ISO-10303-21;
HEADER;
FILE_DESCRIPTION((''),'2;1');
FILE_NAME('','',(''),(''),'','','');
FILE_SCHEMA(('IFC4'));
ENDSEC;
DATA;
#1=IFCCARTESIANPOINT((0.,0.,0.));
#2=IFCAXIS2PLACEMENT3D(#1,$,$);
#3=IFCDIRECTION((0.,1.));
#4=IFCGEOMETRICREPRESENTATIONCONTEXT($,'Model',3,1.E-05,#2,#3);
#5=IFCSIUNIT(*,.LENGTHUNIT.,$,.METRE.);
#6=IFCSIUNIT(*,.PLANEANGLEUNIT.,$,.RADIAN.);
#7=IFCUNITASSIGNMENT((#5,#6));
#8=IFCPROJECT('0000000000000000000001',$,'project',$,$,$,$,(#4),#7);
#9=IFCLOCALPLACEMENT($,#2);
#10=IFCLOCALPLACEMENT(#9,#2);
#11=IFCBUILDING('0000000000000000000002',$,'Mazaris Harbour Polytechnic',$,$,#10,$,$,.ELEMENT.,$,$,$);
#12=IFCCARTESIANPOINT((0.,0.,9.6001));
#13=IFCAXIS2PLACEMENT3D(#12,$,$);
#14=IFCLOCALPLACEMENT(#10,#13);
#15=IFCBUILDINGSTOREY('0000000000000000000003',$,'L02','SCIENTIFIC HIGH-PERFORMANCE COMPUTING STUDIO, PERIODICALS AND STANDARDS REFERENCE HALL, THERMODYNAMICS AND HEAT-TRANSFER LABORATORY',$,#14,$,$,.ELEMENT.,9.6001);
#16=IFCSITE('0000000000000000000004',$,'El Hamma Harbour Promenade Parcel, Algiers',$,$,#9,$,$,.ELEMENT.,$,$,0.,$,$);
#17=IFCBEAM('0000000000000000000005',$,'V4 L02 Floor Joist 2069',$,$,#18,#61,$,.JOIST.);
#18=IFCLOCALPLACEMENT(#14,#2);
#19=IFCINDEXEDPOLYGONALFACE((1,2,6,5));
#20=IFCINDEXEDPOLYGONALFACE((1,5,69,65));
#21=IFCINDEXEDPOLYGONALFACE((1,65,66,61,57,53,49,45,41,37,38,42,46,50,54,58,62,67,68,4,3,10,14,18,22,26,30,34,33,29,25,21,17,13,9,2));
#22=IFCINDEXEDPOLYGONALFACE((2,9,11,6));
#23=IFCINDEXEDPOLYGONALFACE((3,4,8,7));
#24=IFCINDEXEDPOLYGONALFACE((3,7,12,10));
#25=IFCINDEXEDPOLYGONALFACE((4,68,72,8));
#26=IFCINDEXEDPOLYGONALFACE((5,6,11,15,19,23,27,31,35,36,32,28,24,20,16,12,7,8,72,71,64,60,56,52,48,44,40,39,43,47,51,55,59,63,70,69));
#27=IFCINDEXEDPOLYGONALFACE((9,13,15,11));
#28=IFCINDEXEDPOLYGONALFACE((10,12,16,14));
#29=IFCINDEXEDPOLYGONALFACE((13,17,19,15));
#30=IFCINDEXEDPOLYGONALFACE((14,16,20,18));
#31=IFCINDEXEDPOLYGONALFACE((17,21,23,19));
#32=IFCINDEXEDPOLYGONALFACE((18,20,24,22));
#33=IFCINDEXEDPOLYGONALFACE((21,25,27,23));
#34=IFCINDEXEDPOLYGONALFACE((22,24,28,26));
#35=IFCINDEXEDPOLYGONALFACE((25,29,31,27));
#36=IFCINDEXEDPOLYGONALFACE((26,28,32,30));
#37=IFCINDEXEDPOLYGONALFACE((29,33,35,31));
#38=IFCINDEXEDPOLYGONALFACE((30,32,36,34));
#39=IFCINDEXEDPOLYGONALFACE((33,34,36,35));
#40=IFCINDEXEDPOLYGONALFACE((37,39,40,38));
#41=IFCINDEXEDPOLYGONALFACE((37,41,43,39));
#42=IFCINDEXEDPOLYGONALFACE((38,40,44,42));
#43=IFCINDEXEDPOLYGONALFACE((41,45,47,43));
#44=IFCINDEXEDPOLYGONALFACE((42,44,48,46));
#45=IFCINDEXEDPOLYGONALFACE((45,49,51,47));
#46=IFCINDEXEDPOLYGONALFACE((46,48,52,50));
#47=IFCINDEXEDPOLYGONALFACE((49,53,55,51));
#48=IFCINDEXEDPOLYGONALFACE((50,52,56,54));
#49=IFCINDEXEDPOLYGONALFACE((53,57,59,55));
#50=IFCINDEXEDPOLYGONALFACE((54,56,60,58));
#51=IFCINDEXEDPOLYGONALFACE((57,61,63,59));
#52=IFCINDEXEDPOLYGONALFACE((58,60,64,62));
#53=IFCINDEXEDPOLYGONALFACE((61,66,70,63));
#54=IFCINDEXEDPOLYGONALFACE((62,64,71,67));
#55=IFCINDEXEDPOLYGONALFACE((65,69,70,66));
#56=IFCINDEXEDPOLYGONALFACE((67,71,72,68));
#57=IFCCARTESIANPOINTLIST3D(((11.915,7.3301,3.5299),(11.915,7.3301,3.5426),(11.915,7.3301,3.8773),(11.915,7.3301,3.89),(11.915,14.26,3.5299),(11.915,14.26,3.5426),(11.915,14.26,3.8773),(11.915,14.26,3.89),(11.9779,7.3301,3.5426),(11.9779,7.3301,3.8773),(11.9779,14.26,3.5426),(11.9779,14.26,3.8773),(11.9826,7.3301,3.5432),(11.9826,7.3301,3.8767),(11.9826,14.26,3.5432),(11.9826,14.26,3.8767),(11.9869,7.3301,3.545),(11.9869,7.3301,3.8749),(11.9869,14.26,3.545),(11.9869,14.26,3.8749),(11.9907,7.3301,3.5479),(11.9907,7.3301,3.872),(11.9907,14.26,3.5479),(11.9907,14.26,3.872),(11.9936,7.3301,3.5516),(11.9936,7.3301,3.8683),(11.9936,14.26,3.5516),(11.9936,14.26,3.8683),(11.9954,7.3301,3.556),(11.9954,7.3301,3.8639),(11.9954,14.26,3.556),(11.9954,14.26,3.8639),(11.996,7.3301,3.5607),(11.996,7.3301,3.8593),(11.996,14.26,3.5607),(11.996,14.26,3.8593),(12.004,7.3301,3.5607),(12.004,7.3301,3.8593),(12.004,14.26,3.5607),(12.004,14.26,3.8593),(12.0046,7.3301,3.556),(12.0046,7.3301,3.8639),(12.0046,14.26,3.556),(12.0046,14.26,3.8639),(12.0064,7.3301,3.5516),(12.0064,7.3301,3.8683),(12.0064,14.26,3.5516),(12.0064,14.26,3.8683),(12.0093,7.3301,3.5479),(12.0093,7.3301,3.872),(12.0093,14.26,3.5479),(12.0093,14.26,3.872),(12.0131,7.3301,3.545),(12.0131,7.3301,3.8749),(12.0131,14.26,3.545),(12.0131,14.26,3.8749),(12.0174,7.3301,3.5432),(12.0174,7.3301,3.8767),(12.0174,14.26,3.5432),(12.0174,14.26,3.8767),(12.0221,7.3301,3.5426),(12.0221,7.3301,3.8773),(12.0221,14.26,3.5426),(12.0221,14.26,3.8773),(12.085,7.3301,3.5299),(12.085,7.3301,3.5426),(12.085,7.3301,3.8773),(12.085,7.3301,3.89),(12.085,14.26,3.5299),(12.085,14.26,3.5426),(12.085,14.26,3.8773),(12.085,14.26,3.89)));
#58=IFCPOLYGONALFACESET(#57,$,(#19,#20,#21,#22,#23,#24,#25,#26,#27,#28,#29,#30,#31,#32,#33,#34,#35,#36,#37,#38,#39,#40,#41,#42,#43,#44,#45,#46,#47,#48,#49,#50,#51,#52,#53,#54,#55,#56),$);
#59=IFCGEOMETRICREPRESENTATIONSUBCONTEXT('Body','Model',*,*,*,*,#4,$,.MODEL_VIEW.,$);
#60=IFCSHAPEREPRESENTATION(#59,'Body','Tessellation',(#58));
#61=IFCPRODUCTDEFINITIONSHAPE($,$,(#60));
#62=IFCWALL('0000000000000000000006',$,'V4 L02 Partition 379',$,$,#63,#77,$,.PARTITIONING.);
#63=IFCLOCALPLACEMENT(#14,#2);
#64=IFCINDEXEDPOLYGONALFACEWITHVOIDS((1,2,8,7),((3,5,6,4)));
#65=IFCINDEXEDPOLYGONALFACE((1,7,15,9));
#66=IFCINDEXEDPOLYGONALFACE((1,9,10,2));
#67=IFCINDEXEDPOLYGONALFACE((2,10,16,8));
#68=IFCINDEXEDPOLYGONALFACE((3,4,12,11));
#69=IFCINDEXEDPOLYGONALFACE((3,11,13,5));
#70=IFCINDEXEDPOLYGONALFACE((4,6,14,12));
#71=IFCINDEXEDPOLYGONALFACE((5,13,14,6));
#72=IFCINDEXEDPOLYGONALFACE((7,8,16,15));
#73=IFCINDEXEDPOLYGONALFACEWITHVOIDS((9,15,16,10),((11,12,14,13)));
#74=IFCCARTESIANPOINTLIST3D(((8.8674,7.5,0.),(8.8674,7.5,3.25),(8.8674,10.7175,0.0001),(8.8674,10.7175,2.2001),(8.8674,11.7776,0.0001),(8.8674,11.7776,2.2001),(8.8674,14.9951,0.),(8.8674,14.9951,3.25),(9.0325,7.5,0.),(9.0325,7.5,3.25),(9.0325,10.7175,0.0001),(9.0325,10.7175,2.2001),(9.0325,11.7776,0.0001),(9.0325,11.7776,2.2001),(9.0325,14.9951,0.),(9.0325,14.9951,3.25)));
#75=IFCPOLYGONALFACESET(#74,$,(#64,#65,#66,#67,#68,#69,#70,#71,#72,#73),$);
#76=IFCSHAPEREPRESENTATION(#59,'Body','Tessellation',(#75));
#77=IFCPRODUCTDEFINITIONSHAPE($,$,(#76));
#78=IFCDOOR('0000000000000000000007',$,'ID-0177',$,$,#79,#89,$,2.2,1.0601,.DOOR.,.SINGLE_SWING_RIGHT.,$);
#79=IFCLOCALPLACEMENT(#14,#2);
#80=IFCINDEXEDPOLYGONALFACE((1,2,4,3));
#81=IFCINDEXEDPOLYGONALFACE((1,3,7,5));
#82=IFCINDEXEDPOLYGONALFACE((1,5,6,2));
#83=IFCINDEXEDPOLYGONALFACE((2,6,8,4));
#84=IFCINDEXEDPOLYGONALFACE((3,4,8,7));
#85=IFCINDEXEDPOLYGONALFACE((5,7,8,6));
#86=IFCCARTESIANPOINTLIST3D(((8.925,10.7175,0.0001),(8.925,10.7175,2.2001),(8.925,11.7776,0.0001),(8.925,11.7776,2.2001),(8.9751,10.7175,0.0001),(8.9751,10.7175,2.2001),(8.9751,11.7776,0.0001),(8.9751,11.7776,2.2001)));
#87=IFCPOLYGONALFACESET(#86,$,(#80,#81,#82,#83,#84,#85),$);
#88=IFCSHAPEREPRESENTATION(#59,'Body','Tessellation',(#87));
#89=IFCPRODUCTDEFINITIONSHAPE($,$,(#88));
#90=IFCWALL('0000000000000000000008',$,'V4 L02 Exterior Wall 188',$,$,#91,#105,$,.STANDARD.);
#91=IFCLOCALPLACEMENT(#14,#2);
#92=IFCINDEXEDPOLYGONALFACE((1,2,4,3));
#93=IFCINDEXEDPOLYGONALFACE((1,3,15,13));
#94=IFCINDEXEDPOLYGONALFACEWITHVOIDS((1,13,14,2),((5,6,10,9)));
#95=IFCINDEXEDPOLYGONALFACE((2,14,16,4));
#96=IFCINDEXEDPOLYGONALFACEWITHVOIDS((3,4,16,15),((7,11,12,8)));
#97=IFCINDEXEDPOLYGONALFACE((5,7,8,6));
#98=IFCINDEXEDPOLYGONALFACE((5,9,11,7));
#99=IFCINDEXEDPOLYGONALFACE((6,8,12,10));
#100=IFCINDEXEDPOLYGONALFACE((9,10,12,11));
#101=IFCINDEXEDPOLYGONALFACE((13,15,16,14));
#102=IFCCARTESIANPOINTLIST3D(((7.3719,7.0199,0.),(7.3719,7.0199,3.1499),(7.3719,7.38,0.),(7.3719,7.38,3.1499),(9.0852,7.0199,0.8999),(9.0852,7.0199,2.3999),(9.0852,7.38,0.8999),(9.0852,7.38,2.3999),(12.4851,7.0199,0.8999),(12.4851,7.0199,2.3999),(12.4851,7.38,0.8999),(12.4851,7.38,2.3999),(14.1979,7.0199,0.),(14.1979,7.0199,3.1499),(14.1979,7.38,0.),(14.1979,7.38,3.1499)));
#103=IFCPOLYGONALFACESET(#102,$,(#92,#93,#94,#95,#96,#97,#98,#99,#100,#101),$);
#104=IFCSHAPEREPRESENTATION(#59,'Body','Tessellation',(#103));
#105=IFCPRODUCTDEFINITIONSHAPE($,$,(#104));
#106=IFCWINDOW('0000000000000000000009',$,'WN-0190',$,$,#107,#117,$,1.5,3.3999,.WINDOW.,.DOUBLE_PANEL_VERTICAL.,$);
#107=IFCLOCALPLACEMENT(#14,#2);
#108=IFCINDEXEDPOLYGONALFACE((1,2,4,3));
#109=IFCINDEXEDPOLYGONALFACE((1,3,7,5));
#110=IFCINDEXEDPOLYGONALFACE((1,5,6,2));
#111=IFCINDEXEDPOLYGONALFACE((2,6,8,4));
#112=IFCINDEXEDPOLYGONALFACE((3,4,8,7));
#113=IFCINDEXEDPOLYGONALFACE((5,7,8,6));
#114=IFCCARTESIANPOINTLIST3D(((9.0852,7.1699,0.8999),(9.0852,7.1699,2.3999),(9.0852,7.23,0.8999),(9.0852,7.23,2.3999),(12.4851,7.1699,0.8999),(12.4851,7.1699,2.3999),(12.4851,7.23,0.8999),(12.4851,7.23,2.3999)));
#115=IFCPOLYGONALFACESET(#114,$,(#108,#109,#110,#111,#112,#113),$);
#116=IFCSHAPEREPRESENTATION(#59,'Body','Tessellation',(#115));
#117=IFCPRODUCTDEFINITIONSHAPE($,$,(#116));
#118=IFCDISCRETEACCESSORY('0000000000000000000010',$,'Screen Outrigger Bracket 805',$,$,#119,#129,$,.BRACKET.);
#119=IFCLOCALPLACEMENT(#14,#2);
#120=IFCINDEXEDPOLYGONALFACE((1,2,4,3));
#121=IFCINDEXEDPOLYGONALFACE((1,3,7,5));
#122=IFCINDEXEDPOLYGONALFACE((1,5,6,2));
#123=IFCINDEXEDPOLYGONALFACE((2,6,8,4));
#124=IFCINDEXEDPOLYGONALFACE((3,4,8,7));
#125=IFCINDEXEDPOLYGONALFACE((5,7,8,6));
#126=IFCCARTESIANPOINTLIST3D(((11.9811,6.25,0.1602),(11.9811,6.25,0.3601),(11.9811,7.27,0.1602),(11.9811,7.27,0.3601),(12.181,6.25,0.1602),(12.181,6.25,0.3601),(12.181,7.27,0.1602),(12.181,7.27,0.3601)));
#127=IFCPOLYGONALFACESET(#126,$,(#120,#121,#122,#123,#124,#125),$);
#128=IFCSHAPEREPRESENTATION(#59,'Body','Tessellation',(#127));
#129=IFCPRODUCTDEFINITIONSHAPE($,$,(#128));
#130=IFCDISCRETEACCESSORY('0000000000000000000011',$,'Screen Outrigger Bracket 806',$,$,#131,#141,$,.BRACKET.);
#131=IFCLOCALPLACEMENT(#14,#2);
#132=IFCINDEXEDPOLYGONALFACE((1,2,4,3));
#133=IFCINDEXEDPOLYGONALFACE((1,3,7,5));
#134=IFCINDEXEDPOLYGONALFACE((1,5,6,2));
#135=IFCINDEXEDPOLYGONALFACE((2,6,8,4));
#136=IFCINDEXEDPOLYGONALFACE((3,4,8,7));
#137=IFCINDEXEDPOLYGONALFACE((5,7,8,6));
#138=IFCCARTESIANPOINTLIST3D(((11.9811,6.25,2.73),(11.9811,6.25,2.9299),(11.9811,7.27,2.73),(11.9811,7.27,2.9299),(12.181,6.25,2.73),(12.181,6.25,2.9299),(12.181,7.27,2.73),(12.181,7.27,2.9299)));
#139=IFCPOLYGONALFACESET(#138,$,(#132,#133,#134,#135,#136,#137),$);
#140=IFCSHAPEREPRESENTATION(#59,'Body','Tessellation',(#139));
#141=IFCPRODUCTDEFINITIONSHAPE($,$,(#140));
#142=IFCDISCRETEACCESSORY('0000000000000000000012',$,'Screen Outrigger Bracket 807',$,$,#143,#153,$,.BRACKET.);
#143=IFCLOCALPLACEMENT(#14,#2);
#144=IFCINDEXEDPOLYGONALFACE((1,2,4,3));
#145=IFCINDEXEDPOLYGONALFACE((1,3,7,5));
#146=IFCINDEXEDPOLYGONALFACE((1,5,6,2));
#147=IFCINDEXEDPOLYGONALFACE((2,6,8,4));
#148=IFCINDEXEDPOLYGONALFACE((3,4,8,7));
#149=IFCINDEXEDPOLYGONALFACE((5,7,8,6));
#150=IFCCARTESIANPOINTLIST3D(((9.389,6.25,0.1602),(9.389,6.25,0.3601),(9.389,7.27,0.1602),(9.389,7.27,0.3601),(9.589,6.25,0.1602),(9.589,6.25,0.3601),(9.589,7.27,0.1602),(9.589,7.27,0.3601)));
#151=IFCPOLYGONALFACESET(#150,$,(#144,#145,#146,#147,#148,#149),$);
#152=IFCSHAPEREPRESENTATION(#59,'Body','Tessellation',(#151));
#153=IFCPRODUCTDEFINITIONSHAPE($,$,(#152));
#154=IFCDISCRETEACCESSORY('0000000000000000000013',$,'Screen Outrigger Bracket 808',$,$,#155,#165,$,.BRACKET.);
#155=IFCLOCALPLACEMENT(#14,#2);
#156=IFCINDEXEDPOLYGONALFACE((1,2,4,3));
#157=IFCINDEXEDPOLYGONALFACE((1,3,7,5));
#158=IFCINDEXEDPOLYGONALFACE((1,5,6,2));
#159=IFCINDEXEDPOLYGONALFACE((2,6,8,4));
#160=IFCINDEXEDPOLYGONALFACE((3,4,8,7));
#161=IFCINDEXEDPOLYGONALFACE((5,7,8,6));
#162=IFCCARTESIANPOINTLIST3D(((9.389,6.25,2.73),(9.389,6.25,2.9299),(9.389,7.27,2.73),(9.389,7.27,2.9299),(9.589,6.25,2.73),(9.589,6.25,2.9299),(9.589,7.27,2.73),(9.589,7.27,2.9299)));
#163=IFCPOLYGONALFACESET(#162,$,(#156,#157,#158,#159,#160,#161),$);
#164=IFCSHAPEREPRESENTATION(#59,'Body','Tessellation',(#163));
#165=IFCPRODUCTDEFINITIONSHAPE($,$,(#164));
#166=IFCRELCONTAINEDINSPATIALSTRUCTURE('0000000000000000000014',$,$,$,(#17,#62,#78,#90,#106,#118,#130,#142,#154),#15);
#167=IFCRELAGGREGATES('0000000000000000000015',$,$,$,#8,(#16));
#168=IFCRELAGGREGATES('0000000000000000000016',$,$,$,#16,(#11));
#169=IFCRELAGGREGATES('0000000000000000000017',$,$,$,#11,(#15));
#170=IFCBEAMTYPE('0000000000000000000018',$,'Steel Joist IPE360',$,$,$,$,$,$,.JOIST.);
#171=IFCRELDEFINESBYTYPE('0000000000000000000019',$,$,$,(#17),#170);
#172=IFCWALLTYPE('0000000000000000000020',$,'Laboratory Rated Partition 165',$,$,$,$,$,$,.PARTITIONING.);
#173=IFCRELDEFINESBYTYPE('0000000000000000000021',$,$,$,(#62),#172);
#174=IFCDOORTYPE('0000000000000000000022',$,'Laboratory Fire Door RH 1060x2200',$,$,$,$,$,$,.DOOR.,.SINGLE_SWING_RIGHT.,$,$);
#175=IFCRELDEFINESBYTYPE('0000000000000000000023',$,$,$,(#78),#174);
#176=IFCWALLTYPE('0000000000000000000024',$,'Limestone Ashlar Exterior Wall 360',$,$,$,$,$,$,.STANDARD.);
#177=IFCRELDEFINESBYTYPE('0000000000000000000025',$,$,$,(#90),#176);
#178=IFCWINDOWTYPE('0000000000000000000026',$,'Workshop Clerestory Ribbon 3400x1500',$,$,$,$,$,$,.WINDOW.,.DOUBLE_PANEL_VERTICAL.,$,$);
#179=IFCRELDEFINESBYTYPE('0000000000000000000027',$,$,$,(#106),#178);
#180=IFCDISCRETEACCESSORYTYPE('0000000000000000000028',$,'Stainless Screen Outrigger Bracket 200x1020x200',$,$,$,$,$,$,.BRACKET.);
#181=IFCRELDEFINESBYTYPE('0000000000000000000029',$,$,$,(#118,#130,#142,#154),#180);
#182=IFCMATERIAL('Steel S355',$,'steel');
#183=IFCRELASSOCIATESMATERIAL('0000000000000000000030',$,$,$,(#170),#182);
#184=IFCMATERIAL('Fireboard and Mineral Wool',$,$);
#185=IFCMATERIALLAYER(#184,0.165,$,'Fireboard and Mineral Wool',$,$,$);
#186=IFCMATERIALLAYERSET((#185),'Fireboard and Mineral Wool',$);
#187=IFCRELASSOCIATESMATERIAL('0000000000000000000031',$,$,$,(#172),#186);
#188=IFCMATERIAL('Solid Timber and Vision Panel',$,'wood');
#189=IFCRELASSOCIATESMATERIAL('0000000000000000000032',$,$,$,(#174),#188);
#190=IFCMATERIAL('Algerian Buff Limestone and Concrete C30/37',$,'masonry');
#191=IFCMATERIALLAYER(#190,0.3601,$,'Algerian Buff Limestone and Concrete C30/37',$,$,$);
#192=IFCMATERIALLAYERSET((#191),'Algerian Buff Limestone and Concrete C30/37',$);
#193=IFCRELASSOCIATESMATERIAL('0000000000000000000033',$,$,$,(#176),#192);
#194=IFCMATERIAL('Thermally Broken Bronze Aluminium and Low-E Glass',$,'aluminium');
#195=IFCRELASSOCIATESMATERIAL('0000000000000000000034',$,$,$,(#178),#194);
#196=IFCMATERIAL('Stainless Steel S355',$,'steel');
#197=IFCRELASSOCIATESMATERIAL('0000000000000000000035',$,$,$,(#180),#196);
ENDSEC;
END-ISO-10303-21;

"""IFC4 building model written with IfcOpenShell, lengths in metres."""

from ifc_helpers import new_model, si_unit, direction, frame, frame_2d, origin, origin_2d, place, context, subcontext, project, spatial, rectangle, i_section, extrude, material, layer, layer_set, material_profile, profile_set, type_object, element, fill, save


model = new_model("IFC4")

# Units and contexts
model_context = context("Model", 3, precision=1e-05, world=origin(), true_north=direction((0.0, 1.0)))
body_context = subcontext(model_context, "Body", "Model", "MODEL_VIEW")
ifc_project = project(units=[si_unit("LENGTHUNIT", "METRE"), si_unit("PLANEANGLEUNIT", "RADIAN")], contexts=[model_context])

# Site, building, storey
site_placement = place(None, origin())
site = spatial("IfcSite", under=ifc_project, at=site_placement, Name="El Hamma Harbour Promenade Parcel, Algiers", CompositionType="ELEMENT", RefElevation=0.0)
building_placement = place(site_placement, origin())
building = spatial("IfcBuilding", under=site, at=building_placement, Name="Mazaris Harbour Polytechnic", CompositionType="ELEMENT")
storey_placement = place(building_placement, frame((0.0, 0.0, 9.6001)))
storey = spatial("IfcBuildingStorey", under=building, at=storey_placement, Name="L02", Description="SCIENTIFIC HIGH-PERFORMANCE COMPUTING STUDIO, PERIODICALS AND STANDARDS REFERENCE HALL, THERMODYNAMICS AND HEAT-TRANSFER LABORATORY", CompositionType="ELEMENT", Elevation=9.6001)

# Beam
ifc_material_1 = material(Name="Steel S355", Category="steel")
ifc_material_profile_1 = material_profile(ifc_material_1, i_section(OverallWidth=0.1699, OverallDepth=0.3601, WebThickness=0.0081, FlangeThickness=0.0127, FilletRadius=0.0181, at=origin_2d()), Name="IPE 360")
ifc_profile_set_1 = profile_set([ifc_material_profile_1], Name="Steel S355")
beam_type_1 = type_object("IfcBeamType", Name="Steel Joist IPE360", PredefinedType="JOIST", material=ifc_profile_set_1)
beam_1_placement = place(storey_placement, frame((12.0, 7.3301, 3.71), z_axis=(0.0, 1.0, 0.0), x_axis=(-1.0, 0.0, 0.0)))
element("IfcBeam", 1, at=beam_1_placement, inside=storey, type_object=beam_type_1, Name="V4 L02 Floor Joist 2069", PredefinedType="JOIST", context=body_context, shape_type="SweptSolid", body=[
    extrude(i_section(OverallWidth=0.1699, OverallDepth=0.3601, WebThickness=0.0081, FlangeThickness=0.0127, FilletRadius=0.0181, at=origin_2d()), origin(), (0.0, 0.0, 1.0), 6.9299),
])

# Wall, opening, door
ifc_material_2 = material(Name="Fireboard and Mineral Wool")
ifc_layer_1 = layer(ifc_material_2, 0.165, Name="Fireboard and Mineral Wool")
ifc_layer_set_1 = layer_set([ifc_layer_1], Name="Fireboard and Mineral Wool")
wall_type_1 = type_object("IfcWallType", Name="Laboratory Rated Partition 165", PredefinedType="PARTITIONING", material=ifc_layer_set_1)
wall_1_placement = place(storey_placement, frame((8.95, 7.5, 0.0), z_axis=(0.0, 0.0, 1.0), x_axis=(0.0, 1.0, 0.0)))
wall_1 = element("IfcWall", 2, at=wall_1_placement, inside=storey, type_object=wall_type_1, Name="V4 L02 Partition 379", PredefinedType="PARTITIONING", context=body_context, shape_type="SweptSolid", body=[
    extrude(rectangle(XDim=7.4951, YDim=0.165, at=frame_2d((3.7476, 0.0))), origin(), (0.0, 0.0, 1.0), 3.25),
])
opening_1_placement = place(wall_1_placement, frame((3.2175, 0.0, 0.0)))
opening_1 = element("IfcOpeningElement", 3, at=opening_1_placement, cuts=wall_1, PredefinedType="OPENING", context=body_context, shape_type="SweptSolid", body=[
    extrude(rectangle(XDim=1.0601, YDim=2.2, at=frame_2d((0.53, 1.1001))), frame((0.0, 0.0925, 0.0), z_axis=(0.0, -1.0, 0.0), x_axis=(1.0, 0.0, 0.0)), (0.0, 0.0, 1.0), 0.1851),
])
ifc_material_3 = material(Name="Solid Timber and Vision Panel", Category="wood")
door_type = type_object("IfcDoorType", Name="Laboratory Fire Door RH 1060x2200", OperationType="SINGLE_SWING_RIGHT", PredefinedType="DOOR", material=ifc_material_3)
door_placement = place(opening_1_placement, origin())
door = element("IfcDoor", 4, at=door_placement, inside=storey, type_object=door_type, Name="ID-0177", OperationType="SINGLE_SWING_RIGHT", OverallHeight=2.2, OverallWidth=1.0601, PredefinedType="DOOR", context=body_context, shape_type="SweptSolid", body=[
    extrude(rectangle(XDim=1.0601, YDim=2.2, at=frame_2d((0.53, 1.1001))), frame((0.0, 0.0249, 0.0), z_axis=(0.0, -1.0, 0.0), x_axis=(1.0, 0.0, 0.0)), (0.0, 0.0, 1.0), 0.05),
])
fill(opening_1, door)

# Wall, opening, window
ifc_material_4 = material(Name="Algerian Buff Limestone and Concrete C30/37", Category="masonry")
ifc_layer_2 = layer(ifc_material_4, 0.3601, Name="Algerian Buff Limestone and Concrete C30/37")
ifc_layer_set_2 = layer_set([ifc_layer_2], Name="Algerian Buff Limestone and Concrete C30/37")
wall_type_2 = type_object("IfcWallType", Name="Limestone Ashlar Exterior Wall 360", PredefinedType="STANDARD", material=ifc_layer_set_2)
wall_2_placement = place(storey_placement, frame((14.198, 7.2, 0.0), z_axis=(0.0, 0.0, 1.0), x_axis=(-1.0, 0.0, 0.0)))
wall_2 = element("IfcWall", 5, at=wall_2_placement, inside=storey, type_object=wall_type_2, Name="V4 L02 Exterior Wall 188", PredefinedType="STANDARD", context=body_context, shape_type="SweptSolid", body=[
    extrude(rectangle(XDim=6.8259, YDim=0.3601, at=frame_2d((3.4131, 0.0))), origin(), (0.0, 0.0, 1.0), 3.1499),
])
opening_2_placement = place(wall_2_placement, frame((1.7129, 0.0, 0.8999)))
opening_2 = element("IfcOpeningElement", 6, at=opening_2_placement, cuts=wall_2, PredefinedType="OPENING", context=body_context, shape_type="SweptSolid", body=[
    extrude(rectangle(XDim=3.3999, YDim=1.5, at=frame_2d((1.7, 0.75))), frame((0.0, 0.1899, 0.0), z_axis=(0.0, -1.0, 0.0), x_axis=(1.0, 0.0, 0.0)), (0.0, 0.0, 1.0), 0.3801),
])
ifc_material_5 = material(Name="Thermally Broken Bronze Aluminium and Low-E Glass", Category="aluminium")
window_type = type_object("IfcWindowType", Name="Workshop Clerestory Ribbon 3400x1500", PartitioningType="DOUBLE_PANEL_VERTICAL", PredefinedType="WINDOW", material=ifc_material_5)
window_placement = place(opening_2_placement, origin())
window = element("IfcWindow", 7, at=window_placement, inside=storey, type_object=window_type, Name="WN-0190", OverallHeight=1.5, OverallWidth=3.3999, PartitioningType="DOUBLE_PANEL_VERTICAL", PredefinedType="WINDOW", context=body_context, shape_type="SweptSolid", body=[
    extrude(rectangle(XDim=3.3999, YDim=1.5, at=frame_2d((1.7, 0.75))), frame((0.0, 0.03, 0.0), z_axis=(0.0, -1.0, 0.0), x_axis=(1.0, 0.0, 0.0)), (0.0, 0.0, 1.0), 0.0601),
])
fill(opening_2, window)

# Discrete accessories
ifc_material_6 = material(Name="Stainless Steel S355", Category="steel")
discrete_accessory_type = type_object("IfcDiscreteAccessoryType", Name="Stainless Screen Outrigger Bracket 200x1020x200", PredefinedType="BRACKET", material=ifc_material_6)
for number, where, z_axis, x_axis, name in (
    (8, (12.0811, 6.76, 0.1602), (0.0, 0.0, 1.0), (-1.0, 0.0, 0.0), "Screen Outrigger Bracket 805"),
    (9, (12.0811, 6.76, 2.73), (0.0, 0.0, 1.0), (-1.0, 0.0, 0.0), "Screen Outrigger Bracket 806"),
    (10, (9.489, 6.76, 0.1602), (0.0, 0.0, 1.0), (-1.0, 0.0, 0.0), "Screen Outrigger Bracket 807"),
    (11, (9.489, 6.76, 2.73), (0.0, 0.0, 1.0), (-1.0, 0.0, 0.0), "Screen Outrigger Bracket 808"),
):
    element("IfcDiscreteAccessory", number, at=place(storey_placement, frame(where, z_axis=z_axis, x_axis=x_axis)), inside=storey, type_object=discrete_accessory_type, Name=name, PredefinedType="BRACKET", context=body_context, shape_type="SweptSolid", body=[
        extrude(rectangle(XDim=0.2, YDim=1.02, at=origin_2d()), origin(), (0.0, 0.0, 1.0), 0.2),
    ])

save(model, "model.ifc")
